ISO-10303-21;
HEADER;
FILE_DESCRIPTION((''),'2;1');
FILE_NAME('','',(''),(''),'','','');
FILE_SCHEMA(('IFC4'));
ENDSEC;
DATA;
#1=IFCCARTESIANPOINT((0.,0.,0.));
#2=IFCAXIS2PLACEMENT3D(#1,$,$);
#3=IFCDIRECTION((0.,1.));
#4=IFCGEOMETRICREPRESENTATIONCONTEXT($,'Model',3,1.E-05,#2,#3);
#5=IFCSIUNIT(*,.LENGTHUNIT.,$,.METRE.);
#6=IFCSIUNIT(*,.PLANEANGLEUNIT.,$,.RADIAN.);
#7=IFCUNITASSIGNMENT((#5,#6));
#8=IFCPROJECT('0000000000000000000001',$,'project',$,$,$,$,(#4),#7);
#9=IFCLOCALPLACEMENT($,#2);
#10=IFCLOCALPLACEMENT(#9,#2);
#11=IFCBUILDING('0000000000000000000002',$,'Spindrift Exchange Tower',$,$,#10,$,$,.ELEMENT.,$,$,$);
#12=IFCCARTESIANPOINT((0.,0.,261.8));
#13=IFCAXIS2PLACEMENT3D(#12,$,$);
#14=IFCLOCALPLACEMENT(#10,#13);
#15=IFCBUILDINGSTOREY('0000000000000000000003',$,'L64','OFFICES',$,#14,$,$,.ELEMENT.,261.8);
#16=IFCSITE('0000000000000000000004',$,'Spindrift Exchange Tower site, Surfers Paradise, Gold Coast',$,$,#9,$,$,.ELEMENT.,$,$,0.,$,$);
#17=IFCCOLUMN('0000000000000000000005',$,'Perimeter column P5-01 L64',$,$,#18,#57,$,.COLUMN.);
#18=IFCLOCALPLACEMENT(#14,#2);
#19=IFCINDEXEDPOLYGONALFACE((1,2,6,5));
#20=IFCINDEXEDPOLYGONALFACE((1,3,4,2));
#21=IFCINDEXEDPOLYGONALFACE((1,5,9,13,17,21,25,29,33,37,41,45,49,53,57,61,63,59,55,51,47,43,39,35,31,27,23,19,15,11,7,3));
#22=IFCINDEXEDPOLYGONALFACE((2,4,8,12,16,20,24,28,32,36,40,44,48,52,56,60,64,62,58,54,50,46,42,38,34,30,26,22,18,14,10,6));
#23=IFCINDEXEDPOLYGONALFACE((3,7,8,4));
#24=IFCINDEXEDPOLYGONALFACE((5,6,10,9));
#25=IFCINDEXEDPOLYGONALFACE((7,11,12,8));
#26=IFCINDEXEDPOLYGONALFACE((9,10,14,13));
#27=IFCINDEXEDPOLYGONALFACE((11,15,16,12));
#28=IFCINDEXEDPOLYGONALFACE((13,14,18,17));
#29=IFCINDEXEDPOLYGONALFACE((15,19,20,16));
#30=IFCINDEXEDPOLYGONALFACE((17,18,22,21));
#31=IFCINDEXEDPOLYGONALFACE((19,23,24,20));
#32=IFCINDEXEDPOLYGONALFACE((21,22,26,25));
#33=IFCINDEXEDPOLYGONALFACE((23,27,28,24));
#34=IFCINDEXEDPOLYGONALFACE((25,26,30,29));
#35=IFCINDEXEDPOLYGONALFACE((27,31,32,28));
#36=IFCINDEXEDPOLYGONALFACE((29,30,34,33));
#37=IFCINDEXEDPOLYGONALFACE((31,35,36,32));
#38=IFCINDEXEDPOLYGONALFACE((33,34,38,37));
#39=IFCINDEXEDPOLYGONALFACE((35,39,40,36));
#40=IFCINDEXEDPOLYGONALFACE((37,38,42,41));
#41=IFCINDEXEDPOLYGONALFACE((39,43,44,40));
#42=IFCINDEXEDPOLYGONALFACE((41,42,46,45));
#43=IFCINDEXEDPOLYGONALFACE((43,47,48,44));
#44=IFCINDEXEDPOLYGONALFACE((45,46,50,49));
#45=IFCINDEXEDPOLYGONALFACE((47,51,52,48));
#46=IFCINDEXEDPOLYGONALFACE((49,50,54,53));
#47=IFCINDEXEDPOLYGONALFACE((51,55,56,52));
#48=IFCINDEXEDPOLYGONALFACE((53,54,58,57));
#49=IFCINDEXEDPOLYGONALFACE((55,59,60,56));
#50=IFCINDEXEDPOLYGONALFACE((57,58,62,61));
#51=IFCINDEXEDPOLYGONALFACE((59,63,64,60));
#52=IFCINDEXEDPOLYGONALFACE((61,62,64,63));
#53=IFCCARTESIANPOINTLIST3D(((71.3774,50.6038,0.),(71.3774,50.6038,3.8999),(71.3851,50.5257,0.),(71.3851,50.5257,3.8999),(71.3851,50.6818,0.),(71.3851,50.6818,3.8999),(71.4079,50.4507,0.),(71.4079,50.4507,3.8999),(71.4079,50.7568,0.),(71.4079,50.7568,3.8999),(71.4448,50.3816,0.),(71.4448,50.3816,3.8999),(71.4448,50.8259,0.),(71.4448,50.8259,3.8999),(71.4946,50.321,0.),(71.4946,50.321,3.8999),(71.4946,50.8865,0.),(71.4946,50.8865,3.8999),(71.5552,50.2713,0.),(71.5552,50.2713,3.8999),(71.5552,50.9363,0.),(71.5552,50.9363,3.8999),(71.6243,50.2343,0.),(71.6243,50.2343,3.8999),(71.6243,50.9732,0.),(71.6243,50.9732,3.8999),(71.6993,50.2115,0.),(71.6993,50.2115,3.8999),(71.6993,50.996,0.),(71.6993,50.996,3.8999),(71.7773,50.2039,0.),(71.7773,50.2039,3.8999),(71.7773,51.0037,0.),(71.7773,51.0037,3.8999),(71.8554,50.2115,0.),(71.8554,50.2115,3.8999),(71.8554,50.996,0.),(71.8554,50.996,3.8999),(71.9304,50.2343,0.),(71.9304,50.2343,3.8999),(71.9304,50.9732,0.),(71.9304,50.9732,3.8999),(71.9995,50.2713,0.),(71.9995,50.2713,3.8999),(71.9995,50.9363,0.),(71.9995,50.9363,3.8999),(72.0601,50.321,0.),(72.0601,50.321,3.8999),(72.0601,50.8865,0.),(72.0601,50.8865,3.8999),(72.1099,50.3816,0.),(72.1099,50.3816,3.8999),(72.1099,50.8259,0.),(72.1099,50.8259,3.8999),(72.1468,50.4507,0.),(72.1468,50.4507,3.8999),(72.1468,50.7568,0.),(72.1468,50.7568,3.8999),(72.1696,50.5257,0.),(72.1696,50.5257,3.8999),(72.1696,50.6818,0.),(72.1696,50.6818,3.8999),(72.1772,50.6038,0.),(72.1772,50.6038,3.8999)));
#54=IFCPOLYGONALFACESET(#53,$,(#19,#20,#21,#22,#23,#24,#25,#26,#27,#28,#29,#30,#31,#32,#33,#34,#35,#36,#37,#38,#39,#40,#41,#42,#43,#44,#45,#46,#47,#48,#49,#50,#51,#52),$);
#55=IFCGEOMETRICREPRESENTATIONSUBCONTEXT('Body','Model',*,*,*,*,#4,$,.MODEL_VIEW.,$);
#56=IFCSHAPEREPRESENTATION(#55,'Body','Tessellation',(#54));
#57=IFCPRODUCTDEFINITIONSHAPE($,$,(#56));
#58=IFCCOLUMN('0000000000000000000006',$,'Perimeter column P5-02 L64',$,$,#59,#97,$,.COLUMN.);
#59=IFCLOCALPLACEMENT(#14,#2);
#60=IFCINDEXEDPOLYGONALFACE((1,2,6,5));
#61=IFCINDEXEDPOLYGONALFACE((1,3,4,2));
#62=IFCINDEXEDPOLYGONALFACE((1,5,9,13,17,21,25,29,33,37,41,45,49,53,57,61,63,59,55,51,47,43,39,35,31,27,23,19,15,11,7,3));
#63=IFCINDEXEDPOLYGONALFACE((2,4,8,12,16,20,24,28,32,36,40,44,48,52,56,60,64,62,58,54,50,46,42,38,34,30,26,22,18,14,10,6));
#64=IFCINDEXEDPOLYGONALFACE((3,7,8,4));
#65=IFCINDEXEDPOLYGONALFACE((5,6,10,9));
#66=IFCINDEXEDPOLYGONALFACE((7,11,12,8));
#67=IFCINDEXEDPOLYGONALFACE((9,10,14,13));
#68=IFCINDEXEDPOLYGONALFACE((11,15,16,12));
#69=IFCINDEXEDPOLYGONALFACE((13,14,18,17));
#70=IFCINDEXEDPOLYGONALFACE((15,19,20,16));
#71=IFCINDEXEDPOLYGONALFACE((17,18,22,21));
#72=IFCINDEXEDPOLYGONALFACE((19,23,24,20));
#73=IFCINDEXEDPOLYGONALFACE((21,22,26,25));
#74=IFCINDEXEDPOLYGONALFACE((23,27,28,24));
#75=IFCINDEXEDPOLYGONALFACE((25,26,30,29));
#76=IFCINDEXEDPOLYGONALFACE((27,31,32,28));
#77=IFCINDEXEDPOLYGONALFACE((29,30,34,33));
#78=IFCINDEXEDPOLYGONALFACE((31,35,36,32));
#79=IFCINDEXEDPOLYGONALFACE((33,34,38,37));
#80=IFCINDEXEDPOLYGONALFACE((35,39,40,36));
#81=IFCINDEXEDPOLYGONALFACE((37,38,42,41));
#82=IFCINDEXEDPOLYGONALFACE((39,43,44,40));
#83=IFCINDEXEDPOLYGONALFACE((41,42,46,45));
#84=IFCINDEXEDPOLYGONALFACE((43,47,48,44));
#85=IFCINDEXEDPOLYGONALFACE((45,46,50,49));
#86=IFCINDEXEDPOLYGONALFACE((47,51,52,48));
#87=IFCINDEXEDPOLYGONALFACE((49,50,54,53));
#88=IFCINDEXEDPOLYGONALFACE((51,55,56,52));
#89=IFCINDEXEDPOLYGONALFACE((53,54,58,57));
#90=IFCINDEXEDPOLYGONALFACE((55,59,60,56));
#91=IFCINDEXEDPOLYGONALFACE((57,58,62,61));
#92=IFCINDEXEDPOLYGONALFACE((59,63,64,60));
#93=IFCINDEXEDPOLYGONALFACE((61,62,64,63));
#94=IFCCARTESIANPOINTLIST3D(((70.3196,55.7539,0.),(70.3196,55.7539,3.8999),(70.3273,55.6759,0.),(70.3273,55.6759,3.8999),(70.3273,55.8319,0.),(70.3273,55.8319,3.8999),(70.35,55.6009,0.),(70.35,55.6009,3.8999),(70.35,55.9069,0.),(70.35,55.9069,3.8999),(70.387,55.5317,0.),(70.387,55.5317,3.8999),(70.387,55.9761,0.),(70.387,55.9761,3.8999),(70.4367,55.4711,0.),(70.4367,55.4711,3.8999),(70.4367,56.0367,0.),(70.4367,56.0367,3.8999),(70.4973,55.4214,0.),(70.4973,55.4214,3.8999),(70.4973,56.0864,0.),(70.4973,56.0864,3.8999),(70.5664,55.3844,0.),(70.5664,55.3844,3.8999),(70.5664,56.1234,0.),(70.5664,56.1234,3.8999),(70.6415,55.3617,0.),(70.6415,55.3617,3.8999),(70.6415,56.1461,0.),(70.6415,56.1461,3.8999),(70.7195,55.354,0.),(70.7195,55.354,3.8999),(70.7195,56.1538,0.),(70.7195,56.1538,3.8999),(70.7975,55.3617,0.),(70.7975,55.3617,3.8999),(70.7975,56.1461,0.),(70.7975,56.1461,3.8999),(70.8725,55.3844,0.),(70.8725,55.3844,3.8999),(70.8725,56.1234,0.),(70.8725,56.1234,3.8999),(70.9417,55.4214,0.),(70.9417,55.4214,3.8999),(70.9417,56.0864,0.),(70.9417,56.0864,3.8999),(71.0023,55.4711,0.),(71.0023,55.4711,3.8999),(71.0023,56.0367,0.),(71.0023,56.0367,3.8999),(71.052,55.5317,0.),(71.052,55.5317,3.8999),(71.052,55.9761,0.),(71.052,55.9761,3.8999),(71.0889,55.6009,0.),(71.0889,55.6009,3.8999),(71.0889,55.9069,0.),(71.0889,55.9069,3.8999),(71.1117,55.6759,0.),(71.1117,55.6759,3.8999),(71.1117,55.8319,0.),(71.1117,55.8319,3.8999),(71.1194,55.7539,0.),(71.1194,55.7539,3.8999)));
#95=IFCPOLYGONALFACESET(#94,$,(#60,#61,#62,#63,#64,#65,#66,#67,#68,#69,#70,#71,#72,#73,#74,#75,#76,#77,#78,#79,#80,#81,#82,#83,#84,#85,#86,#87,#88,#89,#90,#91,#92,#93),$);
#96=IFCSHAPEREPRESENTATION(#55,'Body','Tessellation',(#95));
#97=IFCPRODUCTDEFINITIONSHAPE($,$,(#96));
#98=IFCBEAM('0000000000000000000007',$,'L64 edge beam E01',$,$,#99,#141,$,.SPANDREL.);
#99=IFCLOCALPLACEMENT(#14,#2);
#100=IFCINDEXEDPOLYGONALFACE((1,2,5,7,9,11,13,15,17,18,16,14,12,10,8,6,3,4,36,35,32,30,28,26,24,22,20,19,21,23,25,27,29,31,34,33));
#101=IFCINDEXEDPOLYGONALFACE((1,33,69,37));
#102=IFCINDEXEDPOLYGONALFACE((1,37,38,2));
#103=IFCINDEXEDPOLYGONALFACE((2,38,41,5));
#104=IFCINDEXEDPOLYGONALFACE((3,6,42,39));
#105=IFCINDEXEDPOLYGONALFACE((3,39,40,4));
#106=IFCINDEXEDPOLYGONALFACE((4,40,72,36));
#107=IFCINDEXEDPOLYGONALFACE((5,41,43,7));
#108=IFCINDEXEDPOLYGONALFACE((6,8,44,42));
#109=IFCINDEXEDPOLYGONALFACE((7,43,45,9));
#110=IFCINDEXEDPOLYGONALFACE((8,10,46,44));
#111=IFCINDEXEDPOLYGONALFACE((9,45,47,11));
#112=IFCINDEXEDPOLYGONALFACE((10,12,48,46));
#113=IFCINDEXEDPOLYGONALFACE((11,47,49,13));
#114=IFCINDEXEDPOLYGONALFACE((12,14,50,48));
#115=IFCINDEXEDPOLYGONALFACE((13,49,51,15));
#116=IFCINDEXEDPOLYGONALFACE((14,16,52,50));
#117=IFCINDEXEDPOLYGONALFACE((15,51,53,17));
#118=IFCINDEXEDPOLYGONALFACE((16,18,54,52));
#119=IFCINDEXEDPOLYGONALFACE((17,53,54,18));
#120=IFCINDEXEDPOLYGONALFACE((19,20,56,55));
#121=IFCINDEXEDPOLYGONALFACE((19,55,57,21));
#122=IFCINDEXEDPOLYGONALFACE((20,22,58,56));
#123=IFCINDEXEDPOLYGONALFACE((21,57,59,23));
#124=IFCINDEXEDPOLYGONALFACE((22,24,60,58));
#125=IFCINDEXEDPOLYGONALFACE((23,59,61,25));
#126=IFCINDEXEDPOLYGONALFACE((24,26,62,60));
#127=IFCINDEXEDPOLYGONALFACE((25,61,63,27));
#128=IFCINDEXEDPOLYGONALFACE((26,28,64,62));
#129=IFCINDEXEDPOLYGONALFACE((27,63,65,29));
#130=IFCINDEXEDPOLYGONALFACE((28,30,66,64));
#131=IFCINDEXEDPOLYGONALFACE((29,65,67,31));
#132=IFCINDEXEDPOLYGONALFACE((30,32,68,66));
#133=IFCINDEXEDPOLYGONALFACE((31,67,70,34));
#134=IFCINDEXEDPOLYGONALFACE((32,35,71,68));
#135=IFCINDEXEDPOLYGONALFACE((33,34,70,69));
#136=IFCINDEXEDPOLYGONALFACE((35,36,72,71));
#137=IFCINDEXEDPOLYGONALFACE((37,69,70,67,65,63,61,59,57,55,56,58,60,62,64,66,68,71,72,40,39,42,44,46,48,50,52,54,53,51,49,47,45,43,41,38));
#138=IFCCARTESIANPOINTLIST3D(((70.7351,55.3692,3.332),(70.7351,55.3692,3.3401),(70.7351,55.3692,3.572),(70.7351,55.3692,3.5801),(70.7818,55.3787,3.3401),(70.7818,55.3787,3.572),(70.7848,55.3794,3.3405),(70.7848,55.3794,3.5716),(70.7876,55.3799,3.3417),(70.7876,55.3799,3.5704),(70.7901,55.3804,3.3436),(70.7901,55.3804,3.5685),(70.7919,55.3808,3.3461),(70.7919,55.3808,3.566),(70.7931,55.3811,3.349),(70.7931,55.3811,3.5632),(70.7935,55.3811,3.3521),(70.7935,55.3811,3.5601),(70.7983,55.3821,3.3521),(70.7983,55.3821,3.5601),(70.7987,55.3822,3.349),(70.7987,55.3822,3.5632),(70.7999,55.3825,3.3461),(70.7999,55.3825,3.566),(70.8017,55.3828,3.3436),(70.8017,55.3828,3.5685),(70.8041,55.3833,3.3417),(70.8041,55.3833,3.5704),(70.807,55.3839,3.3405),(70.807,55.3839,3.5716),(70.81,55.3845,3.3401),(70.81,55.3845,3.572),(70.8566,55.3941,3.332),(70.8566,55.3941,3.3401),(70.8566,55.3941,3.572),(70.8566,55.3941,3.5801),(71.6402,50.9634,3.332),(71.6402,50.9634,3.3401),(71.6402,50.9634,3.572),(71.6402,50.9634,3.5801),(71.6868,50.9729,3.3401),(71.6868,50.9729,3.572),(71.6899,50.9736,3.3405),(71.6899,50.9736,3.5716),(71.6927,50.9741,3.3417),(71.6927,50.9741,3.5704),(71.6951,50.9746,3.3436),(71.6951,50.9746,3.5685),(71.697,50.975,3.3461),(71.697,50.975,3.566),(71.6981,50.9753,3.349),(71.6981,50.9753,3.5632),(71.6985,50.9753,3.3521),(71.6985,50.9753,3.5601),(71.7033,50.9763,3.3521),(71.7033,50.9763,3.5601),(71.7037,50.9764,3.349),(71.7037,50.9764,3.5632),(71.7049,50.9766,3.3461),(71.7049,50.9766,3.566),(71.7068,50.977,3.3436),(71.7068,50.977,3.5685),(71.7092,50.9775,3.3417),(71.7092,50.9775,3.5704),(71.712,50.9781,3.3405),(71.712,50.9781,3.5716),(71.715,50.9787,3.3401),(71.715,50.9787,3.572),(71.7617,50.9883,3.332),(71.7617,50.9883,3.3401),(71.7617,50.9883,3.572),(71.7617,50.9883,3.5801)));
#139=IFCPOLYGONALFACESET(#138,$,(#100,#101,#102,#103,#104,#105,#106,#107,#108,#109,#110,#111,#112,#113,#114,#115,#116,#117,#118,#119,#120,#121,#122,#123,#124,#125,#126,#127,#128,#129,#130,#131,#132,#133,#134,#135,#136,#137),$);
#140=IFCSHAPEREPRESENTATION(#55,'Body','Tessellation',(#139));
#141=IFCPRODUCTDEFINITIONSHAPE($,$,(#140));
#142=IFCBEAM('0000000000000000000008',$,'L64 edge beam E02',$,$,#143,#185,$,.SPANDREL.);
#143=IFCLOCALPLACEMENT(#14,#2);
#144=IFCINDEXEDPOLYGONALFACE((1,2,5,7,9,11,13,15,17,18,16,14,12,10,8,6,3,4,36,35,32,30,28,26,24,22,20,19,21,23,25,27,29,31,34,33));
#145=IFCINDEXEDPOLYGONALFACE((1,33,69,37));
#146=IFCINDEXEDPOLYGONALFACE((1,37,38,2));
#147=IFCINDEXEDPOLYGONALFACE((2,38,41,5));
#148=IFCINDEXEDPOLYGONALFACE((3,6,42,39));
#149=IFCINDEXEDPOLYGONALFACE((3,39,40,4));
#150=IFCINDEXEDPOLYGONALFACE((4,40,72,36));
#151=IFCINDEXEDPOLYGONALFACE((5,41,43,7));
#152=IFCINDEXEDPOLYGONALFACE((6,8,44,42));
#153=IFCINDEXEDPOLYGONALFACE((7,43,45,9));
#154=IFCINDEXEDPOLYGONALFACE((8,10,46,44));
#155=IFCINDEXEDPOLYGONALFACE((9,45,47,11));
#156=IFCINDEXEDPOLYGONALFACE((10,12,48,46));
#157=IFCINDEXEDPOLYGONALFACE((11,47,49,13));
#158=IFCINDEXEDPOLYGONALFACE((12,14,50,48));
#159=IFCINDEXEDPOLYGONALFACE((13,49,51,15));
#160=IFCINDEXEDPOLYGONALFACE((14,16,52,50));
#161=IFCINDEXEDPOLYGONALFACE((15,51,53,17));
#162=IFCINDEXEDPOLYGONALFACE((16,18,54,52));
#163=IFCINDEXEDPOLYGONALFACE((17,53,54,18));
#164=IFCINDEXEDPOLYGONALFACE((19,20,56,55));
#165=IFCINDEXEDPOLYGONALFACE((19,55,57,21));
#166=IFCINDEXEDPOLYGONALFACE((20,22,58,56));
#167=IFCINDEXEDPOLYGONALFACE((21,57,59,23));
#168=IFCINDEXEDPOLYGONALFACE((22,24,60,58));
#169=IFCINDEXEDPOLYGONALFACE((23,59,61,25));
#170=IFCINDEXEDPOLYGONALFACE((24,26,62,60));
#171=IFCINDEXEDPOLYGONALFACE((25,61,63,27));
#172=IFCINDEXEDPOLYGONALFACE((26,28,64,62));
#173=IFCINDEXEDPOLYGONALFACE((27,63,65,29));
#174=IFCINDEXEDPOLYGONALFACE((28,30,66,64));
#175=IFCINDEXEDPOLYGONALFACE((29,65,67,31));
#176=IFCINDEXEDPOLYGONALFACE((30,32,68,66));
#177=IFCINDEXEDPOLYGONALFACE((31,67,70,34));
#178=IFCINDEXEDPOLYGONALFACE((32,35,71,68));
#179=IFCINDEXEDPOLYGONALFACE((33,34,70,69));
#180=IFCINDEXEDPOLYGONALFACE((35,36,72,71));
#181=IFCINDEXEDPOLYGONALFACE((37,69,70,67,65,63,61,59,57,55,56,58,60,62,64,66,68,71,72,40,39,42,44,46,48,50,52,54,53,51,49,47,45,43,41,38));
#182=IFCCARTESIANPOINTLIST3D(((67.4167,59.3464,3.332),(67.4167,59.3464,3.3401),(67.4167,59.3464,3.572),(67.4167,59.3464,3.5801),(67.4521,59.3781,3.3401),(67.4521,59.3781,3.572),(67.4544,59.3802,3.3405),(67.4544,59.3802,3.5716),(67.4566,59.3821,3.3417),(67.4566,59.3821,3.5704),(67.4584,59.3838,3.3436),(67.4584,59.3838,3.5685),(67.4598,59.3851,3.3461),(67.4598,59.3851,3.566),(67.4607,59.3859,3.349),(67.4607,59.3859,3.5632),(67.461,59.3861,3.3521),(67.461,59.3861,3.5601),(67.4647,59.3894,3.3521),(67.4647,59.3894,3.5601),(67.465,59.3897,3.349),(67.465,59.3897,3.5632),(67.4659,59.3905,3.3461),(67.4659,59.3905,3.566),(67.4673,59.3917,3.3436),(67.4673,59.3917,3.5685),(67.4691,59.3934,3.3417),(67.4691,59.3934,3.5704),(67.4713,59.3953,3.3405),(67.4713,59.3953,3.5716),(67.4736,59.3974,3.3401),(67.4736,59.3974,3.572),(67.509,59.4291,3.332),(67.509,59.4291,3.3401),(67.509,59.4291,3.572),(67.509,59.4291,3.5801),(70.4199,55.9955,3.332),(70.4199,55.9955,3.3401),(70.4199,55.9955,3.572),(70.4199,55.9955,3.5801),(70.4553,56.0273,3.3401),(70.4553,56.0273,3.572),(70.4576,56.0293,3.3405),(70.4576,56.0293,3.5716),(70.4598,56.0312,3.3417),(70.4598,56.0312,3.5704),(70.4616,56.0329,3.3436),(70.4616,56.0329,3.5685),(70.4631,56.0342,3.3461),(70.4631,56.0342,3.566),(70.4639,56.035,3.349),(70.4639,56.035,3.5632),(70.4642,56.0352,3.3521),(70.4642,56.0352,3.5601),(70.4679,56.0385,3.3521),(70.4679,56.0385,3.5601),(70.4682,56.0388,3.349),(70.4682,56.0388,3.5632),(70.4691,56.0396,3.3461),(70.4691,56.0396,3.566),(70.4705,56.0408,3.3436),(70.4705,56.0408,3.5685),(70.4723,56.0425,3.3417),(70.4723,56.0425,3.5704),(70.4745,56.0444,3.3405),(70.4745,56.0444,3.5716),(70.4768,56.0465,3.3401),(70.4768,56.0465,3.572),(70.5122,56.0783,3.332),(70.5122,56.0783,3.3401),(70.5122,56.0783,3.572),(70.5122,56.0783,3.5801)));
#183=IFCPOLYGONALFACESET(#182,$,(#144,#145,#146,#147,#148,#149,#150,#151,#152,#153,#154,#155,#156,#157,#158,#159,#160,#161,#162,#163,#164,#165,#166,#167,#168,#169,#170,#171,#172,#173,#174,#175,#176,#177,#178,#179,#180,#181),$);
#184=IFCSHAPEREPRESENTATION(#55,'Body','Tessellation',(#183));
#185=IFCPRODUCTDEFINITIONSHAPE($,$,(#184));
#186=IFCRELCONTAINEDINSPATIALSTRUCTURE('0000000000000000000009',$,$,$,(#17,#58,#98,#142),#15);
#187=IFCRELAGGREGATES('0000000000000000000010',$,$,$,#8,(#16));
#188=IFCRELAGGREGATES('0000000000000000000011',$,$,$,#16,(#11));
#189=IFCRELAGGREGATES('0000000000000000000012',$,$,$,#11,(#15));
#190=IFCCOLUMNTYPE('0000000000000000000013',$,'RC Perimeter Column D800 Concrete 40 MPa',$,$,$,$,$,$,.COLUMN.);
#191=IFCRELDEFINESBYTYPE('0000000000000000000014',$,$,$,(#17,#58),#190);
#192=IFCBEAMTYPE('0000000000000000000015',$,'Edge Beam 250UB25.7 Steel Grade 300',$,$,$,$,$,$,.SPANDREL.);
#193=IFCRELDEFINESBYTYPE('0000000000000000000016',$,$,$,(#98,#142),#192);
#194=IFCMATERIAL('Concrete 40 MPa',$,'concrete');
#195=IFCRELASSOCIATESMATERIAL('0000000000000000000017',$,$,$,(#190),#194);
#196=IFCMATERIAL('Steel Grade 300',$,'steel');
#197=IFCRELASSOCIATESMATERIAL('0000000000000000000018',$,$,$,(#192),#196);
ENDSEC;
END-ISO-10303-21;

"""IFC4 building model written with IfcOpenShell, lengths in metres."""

from ifc_helpers import new_model, si_unit, direction, frame, origin, origin_2d, place, context, subcontext, project, spatial, circle, i_section, extrude, source, transform, mapped, material, material_profile, profile_set, type_object, element, save


model = new_model("IFC4")

# Units and contexts
model_context = context("Model", 3, precision=1e-05, world=origin(), true_north=direction((0.0, 1.0)))
body_context = subcontext(model_context, "Body", "Model", "MODEL_VIEW")
ifc_project = project(units=[si_unit("LENGTHUNIT", "METRE"), si_unit("PLANEANGLEUNIT", "RADIAN")], contexts=[model_context])

# Site, building, storey
site_placement = place(None, origin())
site = spatial("IfcSite", under=ifc_project, at=site_placement, Name="Spindrift Exchange Tower site, Surfers Paradise, Gold Coast", CompositionType="ELEMENT", RefElevation=0.0)
building_placement = place(site_placement, origin())
building = spatial("IfcBuilding", under=site, at=building_placement, Name="Spindrift Exchange Tower", CompositionType="ELEMENT")
storey_placement = place(building_placement, frame((0.0, 0.0, 261.8)))
storey = spatial("IfcBuildingStorey", under=building, at=storey_placement, Name="L64", Description="OFFICES", CompositionType="ELEMENT", Elevation=261.8)

# Columns
ifc_material_1 = material(Name="Concrete 40 MPa", Category="concrete")
ifc_material_profile_1 = material_profile(ifc_material_1, circle(Radius=0.3999, at=origin_2d()), Name="RC D800")
ifc_profile_set_1 = profile_set([ifc_material_profile_1], Name="Concrete 40 MPa")
column_type = type_object("IfcColumnType", Name="RC Perimeter Column D800 Concrete 40 MPa", PredefinedType="COLUMN", material=ifc_profile_set_1)
shared_shape_1 = source(origin(), body_context, "Body", "SweptSolid", [
    extrude(circle(Radius=0.3999, at=origin_2d()), origin(), (0.0, 0.0, 1.0), 3.8999),
])
for number, where, z_axis, x_axis, name in (
    (1, (71.7773, 50.6038, 0.0), (0.0, 0.0, 1.0), (1.0, 0.0, 0.0), "Perimeter column P5-01 L64"),
    (2, (70.7195, 55.7539, 0.0), (0.0, 0.0, 1.0), (1.0, 0.0, 0.0), "Perimeter column P5-02 L64"),
):
    element("IfcColumn", number, at=place(storey_placement, frame(where, z_axis=z_axis, x_axis=x_axis)), inside=storey, type_object=column_type, Name=name, PredefinedType="COLUMN", context=body_context, shape_type="MappedRepresentation", body=[
        mapped(shared_shape_1, transform((0.0, 0.0, 0.0), scale=1.0)),
    ])

# Beams
ifc_material_2 = material(Name="Steel Grade 300", Category="steel")
ifc_material_profile_2 = material_profile(ifc_material_2, i_section(OverallWidth=0.124, OverallDepth=0.248, WebThickness=0.0049, FlangeThickness=0.0081, FilletRadius=0.012, at=origin_2d()), Name="250UB25.7")
ifc_profile_set_2 = profile_set([ifc_material_profile_2], Name="Steel Grade 300")
beam_type_1 = type_object("IfcBeamType", Name="Edge Beam 250UB25.7 Steel Grade 300", PredefinedType="SPANDREL", material=ifc_profile_set_2)
shared_shape_2 = source(origin(), body_context, "Body", "SweptSolid", [
    extrude(i_section(OverallWidth=0.124, OverallDepth=0.248, WebThickness=0.0049, FlangeThickness=0.0081, FilletRadius=0.012, at=origin_2d()), origin(), (0.0, 0.0, 1.0), 4.4978),
])
beam_1_placement = place(storey_placement, frame((71.7009, 50.9758, 3.4561), z_axis=(-0.201218, 0.979546, 0.0), x_axis=(-0.979546, -0.201218, 0.0)))
element("IfcBeam", 3, at=beam_1_placement, inside=storey, type_object=beam_type_1, Name="L64 edge beam E01", PredefinedType="SPANDREL", context=body_context, shape_type="MappedRepresentation", body=[
    mapped(shared_shape_2, transform((0.0, 0.0, 0.0), scale=1.0)),
])
shared_shape_3 = source(origin(), body_context, "Body", "SweptSolid", [
    extrude(i_section(OverallWidth=0.124, OverallDepth=0.248, WebThickness=0.0049, FlangeThickness=0.0081, FilletRadius=0.012, at=origin_2d()), origin(), (0.0, 0.0, 1.0), 4.4998),
])
beam_2_placement = place(storey_placement, frame((70.4661, 56.0369, 3.4561), z_axis=(-0.66742, 0.744682, 0.0), x_axis=(-0.744682, -0.66742, 0.0)))
element("IfcBeam", 4, at=beam_2_placement, inside=storey, type_object=beam_type_1, Name="L64 edge beam E02", PredefinedType="SPANDREL", context=body_context, shape_type="MappedRepresentation", body=[
    mapped(shared_shape_3, transform((0.0, 0.0, 0.0), scale=1.0)),
])

save(model, "model.ifc")
